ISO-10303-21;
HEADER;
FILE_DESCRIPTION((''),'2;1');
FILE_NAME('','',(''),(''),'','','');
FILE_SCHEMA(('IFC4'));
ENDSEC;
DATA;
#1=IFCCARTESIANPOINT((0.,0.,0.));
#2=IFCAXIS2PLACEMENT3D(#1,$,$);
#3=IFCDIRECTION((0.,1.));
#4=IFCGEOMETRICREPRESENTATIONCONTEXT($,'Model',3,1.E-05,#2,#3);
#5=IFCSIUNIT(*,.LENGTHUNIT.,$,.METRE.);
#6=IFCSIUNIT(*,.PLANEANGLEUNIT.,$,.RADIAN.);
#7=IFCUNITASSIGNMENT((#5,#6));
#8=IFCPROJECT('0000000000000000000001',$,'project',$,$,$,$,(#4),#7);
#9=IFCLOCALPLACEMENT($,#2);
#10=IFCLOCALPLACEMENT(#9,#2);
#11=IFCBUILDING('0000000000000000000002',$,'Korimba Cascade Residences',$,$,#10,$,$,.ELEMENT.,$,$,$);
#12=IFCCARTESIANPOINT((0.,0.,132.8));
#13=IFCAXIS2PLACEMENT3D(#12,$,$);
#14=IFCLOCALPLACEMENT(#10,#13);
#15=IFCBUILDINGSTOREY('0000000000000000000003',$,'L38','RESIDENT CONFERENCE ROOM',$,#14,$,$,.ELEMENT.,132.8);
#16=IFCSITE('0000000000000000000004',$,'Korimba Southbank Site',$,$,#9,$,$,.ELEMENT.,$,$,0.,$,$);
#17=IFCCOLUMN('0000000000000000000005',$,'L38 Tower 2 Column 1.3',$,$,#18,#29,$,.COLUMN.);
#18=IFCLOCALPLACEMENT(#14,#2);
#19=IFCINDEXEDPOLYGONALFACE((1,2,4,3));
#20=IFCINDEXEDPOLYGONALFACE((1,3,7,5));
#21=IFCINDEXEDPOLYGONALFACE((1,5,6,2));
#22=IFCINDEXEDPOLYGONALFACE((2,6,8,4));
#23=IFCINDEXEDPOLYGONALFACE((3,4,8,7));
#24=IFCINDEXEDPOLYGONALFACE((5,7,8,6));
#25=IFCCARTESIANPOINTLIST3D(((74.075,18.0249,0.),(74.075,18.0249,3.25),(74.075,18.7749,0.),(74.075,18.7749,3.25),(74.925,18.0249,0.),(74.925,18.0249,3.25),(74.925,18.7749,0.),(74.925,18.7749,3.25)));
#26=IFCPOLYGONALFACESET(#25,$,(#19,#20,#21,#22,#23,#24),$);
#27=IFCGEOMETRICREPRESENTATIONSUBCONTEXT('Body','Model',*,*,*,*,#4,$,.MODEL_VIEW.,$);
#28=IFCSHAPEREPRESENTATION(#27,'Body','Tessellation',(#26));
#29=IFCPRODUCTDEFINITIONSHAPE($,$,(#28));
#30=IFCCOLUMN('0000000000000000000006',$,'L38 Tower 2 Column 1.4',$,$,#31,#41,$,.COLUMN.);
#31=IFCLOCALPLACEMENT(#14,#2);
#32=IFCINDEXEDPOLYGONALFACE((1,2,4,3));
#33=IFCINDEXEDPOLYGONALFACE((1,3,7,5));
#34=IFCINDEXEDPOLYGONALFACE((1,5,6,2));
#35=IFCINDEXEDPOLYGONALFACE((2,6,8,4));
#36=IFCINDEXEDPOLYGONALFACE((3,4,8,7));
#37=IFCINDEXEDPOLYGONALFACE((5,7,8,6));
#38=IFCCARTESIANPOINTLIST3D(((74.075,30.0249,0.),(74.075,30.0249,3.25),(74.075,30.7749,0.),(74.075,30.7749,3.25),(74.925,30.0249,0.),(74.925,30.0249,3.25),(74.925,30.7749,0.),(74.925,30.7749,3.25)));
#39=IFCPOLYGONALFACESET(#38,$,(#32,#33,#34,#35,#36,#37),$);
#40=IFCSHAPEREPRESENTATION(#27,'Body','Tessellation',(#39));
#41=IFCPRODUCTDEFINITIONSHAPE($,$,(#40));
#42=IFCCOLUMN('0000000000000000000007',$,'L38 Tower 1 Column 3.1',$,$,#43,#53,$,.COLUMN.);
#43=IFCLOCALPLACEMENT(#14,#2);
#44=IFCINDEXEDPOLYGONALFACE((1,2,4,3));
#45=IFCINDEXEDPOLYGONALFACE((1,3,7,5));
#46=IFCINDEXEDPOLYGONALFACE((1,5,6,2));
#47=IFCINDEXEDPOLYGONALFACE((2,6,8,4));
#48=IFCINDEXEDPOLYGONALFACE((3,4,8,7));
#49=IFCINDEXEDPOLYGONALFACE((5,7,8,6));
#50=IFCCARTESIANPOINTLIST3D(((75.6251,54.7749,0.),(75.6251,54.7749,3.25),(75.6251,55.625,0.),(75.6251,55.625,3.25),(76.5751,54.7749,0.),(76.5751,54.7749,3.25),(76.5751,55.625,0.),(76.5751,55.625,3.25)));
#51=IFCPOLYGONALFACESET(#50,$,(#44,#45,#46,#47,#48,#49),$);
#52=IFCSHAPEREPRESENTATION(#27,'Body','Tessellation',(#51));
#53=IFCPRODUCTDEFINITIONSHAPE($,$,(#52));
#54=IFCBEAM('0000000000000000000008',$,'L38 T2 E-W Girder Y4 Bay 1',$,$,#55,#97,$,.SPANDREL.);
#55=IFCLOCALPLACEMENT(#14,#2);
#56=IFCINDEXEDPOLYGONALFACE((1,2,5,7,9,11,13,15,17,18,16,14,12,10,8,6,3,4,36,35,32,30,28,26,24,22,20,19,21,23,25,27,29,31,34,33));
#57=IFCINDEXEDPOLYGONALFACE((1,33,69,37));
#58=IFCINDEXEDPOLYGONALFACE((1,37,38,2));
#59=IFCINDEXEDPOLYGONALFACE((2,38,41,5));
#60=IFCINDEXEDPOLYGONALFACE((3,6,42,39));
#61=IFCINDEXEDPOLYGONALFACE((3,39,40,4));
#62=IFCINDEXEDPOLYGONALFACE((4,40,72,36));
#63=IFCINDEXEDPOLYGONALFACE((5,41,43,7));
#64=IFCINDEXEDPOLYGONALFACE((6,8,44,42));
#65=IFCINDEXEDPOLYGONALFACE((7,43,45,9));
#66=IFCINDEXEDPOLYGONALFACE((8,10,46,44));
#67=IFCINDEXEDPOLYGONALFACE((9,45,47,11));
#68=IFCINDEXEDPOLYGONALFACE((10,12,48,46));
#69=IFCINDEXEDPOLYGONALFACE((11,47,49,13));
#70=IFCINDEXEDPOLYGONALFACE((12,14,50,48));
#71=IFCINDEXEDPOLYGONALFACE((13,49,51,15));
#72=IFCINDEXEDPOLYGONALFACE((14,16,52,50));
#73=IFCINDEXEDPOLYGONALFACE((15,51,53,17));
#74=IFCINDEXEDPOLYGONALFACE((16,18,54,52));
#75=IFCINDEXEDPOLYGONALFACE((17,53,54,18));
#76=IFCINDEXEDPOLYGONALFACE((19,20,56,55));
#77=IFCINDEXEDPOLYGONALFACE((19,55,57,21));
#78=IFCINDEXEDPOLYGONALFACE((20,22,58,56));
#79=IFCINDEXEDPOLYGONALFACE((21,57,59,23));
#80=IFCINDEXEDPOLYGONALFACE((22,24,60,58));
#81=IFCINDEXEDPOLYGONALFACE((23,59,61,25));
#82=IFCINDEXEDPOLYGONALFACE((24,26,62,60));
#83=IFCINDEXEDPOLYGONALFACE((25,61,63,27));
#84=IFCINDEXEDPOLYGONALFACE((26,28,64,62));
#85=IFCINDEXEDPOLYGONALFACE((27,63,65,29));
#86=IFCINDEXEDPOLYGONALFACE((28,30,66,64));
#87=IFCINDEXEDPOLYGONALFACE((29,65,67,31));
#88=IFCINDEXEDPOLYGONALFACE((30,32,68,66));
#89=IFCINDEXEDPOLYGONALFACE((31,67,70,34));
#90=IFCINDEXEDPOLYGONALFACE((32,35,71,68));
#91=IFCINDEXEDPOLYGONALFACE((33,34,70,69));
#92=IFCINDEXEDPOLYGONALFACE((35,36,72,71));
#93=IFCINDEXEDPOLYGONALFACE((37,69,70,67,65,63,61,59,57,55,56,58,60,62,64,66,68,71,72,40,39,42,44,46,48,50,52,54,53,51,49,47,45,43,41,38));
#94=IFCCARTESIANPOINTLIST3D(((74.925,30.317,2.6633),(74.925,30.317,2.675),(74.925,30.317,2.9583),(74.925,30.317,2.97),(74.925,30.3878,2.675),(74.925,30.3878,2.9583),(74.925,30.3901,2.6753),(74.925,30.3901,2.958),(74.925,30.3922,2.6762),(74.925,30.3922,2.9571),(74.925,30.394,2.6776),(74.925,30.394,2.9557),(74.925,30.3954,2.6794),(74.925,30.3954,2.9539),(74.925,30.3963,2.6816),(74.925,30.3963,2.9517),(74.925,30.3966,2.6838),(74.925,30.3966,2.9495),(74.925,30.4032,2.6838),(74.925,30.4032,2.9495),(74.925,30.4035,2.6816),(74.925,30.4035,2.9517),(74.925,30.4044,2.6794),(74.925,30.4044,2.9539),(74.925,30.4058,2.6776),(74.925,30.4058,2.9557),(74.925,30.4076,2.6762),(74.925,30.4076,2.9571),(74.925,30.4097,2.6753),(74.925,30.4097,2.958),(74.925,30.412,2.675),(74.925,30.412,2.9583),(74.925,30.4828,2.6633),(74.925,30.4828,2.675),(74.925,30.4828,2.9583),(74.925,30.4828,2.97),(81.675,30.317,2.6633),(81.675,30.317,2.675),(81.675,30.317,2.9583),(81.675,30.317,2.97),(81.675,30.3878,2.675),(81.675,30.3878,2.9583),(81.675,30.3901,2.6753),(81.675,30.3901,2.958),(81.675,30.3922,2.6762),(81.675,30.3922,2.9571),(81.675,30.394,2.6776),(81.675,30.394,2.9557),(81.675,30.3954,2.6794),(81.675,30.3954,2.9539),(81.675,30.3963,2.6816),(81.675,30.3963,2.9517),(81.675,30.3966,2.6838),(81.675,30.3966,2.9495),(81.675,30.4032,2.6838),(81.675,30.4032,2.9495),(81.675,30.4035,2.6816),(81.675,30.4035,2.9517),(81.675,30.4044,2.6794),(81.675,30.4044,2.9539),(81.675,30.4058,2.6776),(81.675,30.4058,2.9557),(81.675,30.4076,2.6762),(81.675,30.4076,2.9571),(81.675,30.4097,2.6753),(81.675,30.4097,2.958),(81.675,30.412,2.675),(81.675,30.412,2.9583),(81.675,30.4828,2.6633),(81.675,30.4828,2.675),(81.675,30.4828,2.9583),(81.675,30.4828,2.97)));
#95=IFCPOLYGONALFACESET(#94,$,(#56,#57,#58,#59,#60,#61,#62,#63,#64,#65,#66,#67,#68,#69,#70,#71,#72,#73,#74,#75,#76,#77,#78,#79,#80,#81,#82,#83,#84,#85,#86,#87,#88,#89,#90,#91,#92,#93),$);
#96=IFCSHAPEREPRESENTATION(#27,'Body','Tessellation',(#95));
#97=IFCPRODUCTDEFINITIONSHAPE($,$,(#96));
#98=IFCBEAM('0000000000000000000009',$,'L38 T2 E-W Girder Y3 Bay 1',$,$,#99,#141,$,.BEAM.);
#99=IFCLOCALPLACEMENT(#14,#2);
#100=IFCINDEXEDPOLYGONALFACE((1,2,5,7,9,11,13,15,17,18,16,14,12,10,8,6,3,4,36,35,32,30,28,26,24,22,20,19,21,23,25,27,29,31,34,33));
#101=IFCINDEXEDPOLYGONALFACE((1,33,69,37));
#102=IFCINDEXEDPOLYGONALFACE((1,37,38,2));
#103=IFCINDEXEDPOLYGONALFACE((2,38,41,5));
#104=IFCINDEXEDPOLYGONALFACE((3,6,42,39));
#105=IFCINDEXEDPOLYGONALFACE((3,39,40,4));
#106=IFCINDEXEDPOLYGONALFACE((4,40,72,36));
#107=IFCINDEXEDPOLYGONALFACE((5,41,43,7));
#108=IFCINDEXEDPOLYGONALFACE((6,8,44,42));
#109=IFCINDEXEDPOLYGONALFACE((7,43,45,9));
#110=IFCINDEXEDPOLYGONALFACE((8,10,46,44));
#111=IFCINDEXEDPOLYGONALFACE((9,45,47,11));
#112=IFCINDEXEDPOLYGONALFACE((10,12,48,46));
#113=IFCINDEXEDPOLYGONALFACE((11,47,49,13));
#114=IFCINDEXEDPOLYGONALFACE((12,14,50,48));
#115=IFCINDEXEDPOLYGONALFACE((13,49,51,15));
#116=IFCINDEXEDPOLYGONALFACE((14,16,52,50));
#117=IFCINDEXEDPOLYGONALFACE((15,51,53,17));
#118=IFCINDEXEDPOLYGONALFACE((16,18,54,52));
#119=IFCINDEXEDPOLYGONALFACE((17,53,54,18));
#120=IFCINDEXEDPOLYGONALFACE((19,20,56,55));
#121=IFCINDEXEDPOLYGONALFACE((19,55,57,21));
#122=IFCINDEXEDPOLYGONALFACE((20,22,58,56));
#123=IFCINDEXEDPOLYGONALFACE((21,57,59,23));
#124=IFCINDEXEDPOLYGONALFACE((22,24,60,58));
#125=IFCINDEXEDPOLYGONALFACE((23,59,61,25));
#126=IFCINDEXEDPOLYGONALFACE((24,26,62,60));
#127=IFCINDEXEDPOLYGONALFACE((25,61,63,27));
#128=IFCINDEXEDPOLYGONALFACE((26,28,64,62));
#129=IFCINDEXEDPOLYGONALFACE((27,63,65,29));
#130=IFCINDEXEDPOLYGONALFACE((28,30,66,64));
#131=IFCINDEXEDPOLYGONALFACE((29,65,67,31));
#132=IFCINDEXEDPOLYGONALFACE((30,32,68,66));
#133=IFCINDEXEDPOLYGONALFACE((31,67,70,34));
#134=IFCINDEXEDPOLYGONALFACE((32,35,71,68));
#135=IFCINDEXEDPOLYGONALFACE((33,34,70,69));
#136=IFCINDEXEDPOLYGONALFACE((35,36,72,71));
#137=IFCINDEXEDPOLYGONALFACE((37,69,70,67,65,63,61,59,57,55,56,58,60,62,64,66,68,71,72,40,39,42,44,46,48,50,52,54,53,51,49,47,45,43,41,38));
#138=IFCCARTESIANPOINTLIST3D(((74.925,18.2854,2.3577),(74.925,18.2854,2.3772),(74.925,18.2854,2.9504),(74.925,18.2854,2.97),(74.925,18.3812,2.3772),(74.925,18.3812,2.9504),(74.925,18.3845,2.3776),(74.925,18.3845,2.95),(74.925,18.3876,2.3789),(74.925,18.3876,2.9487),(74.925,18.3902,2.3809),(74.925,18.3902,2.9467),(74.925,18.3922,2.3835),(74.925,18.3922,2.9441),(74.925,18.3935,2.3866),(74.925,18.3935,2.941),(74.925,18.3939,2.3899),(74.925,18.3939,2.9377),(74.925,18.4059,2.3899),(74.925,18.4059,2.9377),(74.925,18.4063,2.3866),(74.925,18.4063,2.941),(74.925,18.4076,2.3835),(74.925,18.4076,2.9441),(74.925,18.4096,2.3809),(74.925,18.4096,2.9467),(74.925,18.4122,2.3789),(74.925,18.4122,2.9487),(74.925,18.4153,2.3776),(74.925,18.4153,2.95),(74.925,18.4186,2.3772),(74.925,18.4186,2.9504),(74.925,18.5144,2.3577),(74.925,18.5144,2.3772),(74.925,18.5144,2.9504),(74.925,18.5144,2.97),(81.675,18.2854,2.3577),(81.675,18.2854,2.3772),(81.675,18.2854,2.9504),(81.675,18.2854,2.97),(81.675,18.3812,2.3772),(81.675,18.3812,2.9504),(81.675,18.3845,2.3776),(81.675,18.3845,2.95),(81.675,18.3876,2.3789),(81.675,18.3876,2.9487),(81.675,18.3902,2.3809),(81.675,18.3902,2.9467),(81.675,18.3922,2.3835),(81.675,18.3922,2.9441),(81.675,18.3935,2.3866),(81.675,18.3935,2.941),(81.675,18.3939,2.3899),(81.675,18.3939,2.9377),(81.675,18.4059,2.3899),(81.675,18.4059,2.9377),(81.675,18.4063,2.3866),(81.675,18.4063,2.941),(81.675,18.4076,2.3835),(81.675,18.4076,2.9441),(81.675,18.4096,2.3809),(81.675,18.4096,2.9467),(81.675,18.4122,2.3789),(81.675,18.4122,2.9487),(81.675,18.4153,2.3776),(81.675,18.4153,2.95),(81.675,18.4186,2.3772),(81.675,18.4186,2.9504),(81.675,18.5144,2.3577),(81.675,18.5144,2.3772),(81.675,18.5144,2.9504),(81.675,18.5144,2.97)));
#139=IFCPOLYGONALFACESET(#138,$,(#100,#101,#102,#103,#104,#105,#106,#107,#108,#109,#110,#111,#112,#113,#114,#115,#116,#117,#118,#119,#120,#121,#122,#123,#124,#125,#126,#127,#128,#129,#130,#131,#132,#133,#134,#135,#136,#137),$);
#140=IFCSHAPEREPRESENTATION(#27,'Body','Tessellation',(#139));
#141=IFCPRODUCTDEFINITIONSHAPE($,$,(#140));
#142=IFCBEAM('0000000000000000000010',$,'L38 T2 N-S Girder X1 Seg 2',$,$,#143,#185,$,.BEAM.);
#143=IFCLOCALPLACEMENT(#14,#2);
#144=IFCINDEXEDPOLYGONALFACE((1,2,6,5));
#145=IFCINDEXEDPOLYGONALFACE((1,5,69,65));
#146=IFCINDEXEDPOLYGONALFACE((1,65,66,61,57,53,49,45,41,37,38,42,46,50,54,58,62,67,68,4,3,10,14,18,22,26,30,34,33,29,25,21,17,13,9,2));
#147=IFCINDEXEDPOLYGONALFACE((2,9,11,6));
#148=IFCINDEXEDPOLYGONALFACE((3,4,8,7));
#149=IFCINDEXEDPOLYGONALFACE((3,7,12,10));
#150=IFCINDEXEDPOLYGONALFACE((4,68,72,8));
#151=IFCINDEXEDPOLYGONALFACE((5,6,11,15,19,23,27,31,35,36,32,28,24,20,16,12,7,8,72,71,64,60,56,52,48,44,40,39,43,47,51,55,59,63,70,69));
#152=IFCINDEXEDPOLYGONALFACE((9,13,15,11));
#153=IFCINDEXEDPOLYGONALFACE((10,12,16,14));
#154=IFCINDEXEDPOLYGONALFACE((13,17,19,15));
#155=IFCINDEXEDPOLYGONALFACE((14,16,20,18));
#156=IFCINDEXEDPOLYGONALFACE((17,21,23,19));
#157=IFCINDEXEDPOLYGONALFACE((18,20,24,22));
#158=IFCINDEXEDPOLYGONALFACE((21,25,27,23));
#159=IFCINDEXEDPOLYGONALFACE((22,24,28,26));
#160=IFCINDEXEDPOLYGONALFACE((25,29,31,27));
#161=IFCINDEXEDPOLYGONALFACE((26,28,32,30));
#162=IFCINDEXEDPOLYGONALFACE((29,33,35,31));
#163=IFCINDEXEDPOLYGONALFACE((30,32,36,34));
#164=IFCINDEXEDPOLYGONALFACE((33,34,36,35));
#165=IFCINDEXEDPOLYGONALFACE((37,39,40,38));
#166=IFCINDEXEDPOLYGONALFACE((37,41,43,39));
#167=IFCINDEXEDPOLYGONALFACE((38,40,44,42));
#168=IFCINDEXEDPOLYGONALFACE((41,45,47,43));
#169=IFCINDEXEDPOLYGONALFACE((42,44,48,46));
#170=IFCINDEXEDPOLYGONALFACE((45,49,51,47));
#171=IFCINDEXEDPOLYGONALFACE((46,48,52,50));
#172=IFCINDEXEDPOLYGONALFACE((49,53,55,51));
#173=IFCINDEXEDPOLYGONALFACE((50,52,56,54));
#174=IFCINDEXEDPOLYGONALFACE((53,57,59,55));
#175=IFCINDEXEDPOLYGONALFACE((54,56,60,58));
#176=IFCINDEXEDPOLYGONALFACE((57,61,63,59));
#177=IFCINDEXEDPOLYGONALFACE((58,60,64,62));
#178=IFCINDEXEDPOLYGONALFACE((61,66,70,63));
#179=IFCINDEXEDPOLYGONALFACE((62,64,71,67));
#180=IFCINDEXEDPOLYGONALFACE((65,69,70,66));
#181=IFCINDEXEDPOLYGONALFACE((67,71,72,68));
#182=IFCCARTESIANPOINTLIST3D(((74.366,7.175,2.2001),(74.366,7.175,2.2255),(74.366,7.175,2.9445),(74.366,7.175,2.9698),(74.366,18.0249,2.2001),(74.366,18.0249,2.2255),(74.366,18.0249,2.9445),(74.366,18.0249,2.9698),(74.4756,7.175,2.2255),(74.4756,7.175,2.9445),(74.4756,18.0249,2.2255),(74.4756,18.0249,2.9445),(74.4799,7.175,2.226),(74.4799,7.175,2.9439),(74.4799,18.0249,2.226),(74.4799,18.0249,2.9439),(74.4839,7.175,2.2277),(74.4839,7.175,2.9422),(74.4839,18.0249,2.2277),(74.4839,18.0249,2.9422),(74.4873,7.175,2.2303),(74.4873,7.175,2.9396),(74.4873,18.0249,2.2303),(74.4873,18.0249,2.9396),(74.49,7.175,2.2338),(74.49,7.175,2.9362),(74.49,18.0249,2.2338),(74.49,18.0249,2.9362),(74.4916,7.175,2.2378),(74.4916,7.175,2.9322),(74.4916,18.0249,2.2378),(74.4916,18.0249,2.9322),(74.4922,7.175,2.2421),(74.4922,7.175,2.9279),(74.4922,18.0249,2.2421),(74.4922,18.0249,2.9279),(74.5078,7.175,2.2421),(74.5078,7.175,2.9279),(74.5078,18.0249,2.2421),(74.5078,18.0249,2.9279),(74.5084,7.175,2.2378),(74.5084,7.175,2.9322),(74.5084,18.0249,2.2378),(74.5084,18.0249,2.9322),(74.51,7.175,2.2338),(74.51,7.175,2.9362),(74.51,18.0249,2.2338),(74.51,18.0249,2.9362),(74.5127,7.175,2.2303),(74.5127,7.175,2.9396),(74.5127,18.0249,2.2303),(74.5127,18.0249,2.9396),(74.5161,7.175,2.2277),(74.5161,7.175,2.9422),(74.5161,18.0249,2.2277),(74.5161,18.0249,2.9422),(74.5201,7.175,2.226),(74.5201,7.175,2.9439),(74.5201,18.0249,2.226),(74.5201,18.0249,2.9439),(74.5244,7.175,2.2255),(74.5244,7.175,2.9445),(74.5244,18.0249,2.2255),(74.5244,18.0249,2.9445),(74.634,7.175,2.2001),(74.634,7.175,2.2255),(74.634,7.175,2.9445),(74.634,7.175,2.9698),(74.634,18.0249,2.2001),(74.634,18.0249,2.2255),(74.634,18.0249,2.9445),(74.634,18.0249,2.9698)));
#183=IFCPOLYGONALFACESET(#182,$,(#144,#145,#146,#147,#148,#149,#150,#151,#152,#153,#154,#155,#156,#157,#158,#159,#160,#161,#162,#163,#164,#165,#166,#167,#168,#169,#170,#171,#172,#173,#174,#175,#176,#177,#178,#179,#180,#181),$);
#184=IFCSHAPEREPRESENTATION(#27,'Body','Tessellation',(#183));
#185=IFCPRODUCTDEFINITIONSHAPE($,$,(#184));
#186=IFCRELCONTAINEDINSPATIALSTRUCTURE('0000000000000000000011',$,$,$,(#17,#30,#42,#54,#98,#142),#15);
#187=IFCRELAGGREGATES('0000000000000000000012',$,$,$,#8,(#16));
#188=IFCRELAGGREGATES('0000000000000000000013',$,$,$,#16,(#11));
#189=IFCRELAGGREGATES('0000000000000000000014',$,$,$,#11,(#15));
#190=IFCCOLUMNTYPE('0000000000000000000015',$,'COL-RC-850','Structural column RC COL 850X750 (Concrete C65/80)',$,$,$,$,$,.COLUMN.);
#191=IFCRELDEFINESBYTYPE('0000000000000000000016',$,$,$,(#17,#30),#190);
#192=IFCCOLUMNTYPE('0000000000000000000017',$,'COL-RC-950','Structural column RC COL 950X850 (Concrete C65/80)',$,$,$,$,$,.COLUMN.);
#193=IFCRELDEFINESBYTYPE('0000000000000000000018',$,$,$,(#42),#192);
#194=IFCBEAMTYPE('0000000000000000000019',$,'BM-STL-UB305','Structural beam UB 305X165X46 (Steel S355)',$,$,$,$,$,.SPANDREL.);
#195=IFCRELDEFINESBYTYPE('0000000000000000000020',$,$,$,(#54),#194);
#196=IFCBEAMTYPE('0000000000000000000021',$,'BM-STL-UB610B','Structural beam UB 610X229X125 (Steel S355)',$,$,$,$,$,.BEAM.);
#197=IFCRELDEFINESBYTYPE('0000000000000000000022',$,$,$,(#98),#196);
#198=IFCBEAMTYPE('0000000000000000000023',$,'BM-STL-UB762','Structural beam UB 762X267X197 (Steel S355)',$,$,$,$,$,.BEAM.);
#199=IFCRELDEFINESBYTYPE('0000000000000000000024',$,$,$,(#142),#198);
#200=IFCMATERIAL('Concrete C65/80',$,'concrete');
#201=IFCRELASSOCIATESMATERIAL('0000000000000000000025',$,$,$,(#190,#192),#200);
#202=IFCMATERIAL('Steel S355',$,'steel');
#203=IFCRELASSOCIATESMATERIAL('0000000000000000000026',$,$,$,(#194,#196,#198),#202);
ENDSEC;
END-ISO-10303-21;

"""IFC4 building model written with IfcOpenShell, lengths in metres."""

from ifc_helpers import new_model, si_unit, direction, frame, origin, origin_2d, place, context, subcontext, project, spatial, rectangle, i_section, extrude, material, material_profile, profile_set, type_object, element, save


model = new_model("IFC4")

# Units and contexts
model_context = context("Model", 3, precision=1e-05, world=origin(), true_north=direction((0.0, 1.0)))
body_context = subcontext(model_context, "Body", "Model", "MODEL_VIEW")
ifc_project = project(units=[si_unit("LENGTHUNIT", "METRE"), si_unit("PLANEANGLEUNIT", "RADIAN")], contexts=[model_context])

# Site, building, storey
site_placement = place(None, origin())
site = spatial("IfcSite", under=ifc_project, at=site_placement, Name="Korimba Southbank Site", CompositionType="ELEMENT", RefElevation=0.0)
building_placement = place(site_placement, origin())
building = spatial("IfcBuilding", under=site, at=building_placement, Name="Korimba Cascade Residences", CompositionType="ELEMENT")
storey_placement = place(building_placement, frame((0.0, 0.0, 132.8)))
storey = spatial("IfcBuildingStorey", under=building, at=storey_placement, Name="L38", Description="RESIDENT CONFERENCE ROOM", CompositionType="ELEMENT", Elevation=132.8)

# Columns
ifc_material_1 = material(Name="Concrete C65/80", Category="concrete")
ifc_material_profile_1 = material_profile(ifc_material_1, rectangle(XDim=0.8501, YDim=0.75, at=origin_2d()), Name="Concrete C65/80")
ifc_profile_set_1 = profile_set([ifc_material_profile_1], Name="Concrete C65/80")
column_type_1 = type_object("IfcColumnType", Name="COL-RC-850", Description="Structural column RC COL 850X750 (Concrete C65/80)", PredefinedType="COLUMN", material=ifc_profile_set_1)
for number, where, z_axis, x_axis, name in (
    (1, (74.5, 18.3999, 0.0), (0.0, 0.0, 1.0), (1.0, 0.0, 0.0), "L38 Tower 2 Column 1.3"),
    (2, (74.5, 30.3999, 0.0), (0.0, 0.0, 1.0), (1.0, 0.0, 0.0), "L38 Tower 2 Column 1.4"),
):
    element("IfcColumn", number, at=place(storey_placement, frame(where, z_axis=z_axis, x_axis=x_axis)), inside=storey, type_object=column_type_1, Name=name, PredefinedType="COLUMN", context=body_context, shape_type="SweptSolid", body=[
        extrude(rectangle(XDim=0.8501, YDim=0.75, at=origin_2d()), origin(), (0.0, 0.0, 1.0), 3.25),
    ])
ifc_material_profile_2 = material_profile(ifc_material_1, rectangle(XDim=0.95, YDim=0.8501, at=origin_2d()), Name="Concrete C65/80")
ifc_profile_set_2 = profile_set([ifc_material_profile_2], Name="Concrete C65/80")
column_type_2 = type_object("IfcColumnType", Name="COL-RC-950", Description="Structural column RC COL 950X850 (Concrete C65/80)", PredefinedType="COLUMN", material=ifc_profile_set_2)
column_placement = place(storey_placement, frame((76.1001, 55.2, 0.0), z_axis=(0.0, 0.0, 1.0), x_axis=(1.0, 0.0, 0.0)))
element("IfcColumn", 3, at=column_placement, inside=storey, type_object=column_type_2, Name="L38 Tower 1 Column 3.1", PredefinedType="COLUMN", context=body_context, shape_type="SweptSolid", body=[
    extrude(rectangle(XDim=0.95, YDim=0.8501, at=origin_2d()), origin(), (0.0, 0.0, 1.0), 3.25),
])

# Beams
ifc_material_2 = material(Name="Steel S355", Category="steel")
ifc_material_profile_3 = material_profile(ifc_material_2, i_section(OverallWidth=0.1658, OverallDepth=0.3066, WebThickness=0.0066, FlangeThickness=0.0117, FilletRadius=0.0088, at=origin_2d()), Name="Steel S355")
ifc_profile_set_3 = profile_set([ifc_material_profile_3], Name="Steel S355")
beam_type_1 = type_object("IfcBeamType", Name="BM-STL-UB305", Description="Structural beam UB 305X165X46 (Steel S355)", PredefinedType="SPANDREL", material=ifc_profile_set_3)
beam_1_placement = place(storey_placement, frame((74.925, 30.3999, 2.8167), z_axis=(1.0, 0.0, 0.0), x_axis=(0.0, 1.0, 0.0)))
element("IfcBeam", 4, at=beam_1_placement, inside=storey, type_object=beam_type_1, Name="L38 T2 E-W Girder Y4 Bay 1", PredefinedType="SPANDREL", context=body_context, shape_type="SweptSolid", body=[
    extrude(i_section(OverallWidth=0.1658, OverallDepth=0.3066, WebThickness=0.0066, FlangeThickness=0.0117, FilletRadius=0.0088, at=origin_2d()), origin(), (0.0, 0.0, 1.0), 6.75),
])
ifc_material_profile_4 = material_profile(ifc_material_2, i_section(OverallWidth=0.229, OverallDepth=0.6123, WebThickness=0.012, FlangeThickness=0.0195, FilletRadius=0.0127, at=origin_2d()), Name="Steel S355")
ifc_profile_set_4 = profile_set([ifc_material_profile_4], Name="Steel S355")
beam_type_2 = type_object("IfcBeamType", Name="BM-STL-UB610B", Description="Structural beam UB 610X229X125 (Steel S355)", PredefinedType="BEAM", material=ifc_profile_set_4)
beam_2_placement = place(storey_placement, frame((74.925, 18.3999, 2.6638), z_axis=(1.0, 0.0, 0.0), x_axis=(0.0, 1.0, 0.0)))
element("IfcBeam", 5, at=beam_2_placement, inside=storey, type_object=beam_type_2, Name="L38 T2 E-W Girder Y3 Bay 1", PredefinedType="BEAM", context=body_context, shape_type="SweptSolid", body=[
    extrude(i_section(OverallWidth=0.229, OverallDepth=0.6123, WebThickness=0.012, FlangeThickness=0.0195, FilletRadius=0.0127, at=origin_2d()), origin(), (0.0, 0.0, 1.0), 6.75),
])
ifc_material_profile_5 = material_profile(ifc_material_2, i_section(OverallWidth=0.2681, OverallDepth=0.7698, WebThickness=0.0156, FlangeThickness=0.0254, FilletRadius=0.0166, at=origin_2d()), Name="Steel S355")
ifc_profile_set_5 = profile_set([ifc_material_profile_5], Name="Steel S355")
beam_type_3 = type_object("IfcBeamType", Name="BM-STL-UB762", Description="Structural beam UB 762X267X197 (Steel S355)", PredefinedType="BEAM", material=ifc_profile_set_5)
beam_3_placement = place(storey_placement, frame((74.5, 7.175, 2.585), z_axis=(0.0, 1.0, 0.0), x_axis=(-1.0, 0.0, 0.0)))
element("IfcBeam", 6, at=beam_3_placement, inside=storey, type_object=beam_type_3, Name="L38 T2 N-S Girder X1 Seg 2", PredefinedType="BEAM", context=body_context, shape_type="SweptSolid", body=[
    extrude(i_section(OverallWidth=0.2681, OverallDepth=0.7698, WebThickness=0.0156, FlangeThickness=0.0254, FilletRadius=0.0166, at=origin_2d()), origin(), (0.0, 0.0, 1.0), 10.8499),
])

save(model, "model.ifc")
